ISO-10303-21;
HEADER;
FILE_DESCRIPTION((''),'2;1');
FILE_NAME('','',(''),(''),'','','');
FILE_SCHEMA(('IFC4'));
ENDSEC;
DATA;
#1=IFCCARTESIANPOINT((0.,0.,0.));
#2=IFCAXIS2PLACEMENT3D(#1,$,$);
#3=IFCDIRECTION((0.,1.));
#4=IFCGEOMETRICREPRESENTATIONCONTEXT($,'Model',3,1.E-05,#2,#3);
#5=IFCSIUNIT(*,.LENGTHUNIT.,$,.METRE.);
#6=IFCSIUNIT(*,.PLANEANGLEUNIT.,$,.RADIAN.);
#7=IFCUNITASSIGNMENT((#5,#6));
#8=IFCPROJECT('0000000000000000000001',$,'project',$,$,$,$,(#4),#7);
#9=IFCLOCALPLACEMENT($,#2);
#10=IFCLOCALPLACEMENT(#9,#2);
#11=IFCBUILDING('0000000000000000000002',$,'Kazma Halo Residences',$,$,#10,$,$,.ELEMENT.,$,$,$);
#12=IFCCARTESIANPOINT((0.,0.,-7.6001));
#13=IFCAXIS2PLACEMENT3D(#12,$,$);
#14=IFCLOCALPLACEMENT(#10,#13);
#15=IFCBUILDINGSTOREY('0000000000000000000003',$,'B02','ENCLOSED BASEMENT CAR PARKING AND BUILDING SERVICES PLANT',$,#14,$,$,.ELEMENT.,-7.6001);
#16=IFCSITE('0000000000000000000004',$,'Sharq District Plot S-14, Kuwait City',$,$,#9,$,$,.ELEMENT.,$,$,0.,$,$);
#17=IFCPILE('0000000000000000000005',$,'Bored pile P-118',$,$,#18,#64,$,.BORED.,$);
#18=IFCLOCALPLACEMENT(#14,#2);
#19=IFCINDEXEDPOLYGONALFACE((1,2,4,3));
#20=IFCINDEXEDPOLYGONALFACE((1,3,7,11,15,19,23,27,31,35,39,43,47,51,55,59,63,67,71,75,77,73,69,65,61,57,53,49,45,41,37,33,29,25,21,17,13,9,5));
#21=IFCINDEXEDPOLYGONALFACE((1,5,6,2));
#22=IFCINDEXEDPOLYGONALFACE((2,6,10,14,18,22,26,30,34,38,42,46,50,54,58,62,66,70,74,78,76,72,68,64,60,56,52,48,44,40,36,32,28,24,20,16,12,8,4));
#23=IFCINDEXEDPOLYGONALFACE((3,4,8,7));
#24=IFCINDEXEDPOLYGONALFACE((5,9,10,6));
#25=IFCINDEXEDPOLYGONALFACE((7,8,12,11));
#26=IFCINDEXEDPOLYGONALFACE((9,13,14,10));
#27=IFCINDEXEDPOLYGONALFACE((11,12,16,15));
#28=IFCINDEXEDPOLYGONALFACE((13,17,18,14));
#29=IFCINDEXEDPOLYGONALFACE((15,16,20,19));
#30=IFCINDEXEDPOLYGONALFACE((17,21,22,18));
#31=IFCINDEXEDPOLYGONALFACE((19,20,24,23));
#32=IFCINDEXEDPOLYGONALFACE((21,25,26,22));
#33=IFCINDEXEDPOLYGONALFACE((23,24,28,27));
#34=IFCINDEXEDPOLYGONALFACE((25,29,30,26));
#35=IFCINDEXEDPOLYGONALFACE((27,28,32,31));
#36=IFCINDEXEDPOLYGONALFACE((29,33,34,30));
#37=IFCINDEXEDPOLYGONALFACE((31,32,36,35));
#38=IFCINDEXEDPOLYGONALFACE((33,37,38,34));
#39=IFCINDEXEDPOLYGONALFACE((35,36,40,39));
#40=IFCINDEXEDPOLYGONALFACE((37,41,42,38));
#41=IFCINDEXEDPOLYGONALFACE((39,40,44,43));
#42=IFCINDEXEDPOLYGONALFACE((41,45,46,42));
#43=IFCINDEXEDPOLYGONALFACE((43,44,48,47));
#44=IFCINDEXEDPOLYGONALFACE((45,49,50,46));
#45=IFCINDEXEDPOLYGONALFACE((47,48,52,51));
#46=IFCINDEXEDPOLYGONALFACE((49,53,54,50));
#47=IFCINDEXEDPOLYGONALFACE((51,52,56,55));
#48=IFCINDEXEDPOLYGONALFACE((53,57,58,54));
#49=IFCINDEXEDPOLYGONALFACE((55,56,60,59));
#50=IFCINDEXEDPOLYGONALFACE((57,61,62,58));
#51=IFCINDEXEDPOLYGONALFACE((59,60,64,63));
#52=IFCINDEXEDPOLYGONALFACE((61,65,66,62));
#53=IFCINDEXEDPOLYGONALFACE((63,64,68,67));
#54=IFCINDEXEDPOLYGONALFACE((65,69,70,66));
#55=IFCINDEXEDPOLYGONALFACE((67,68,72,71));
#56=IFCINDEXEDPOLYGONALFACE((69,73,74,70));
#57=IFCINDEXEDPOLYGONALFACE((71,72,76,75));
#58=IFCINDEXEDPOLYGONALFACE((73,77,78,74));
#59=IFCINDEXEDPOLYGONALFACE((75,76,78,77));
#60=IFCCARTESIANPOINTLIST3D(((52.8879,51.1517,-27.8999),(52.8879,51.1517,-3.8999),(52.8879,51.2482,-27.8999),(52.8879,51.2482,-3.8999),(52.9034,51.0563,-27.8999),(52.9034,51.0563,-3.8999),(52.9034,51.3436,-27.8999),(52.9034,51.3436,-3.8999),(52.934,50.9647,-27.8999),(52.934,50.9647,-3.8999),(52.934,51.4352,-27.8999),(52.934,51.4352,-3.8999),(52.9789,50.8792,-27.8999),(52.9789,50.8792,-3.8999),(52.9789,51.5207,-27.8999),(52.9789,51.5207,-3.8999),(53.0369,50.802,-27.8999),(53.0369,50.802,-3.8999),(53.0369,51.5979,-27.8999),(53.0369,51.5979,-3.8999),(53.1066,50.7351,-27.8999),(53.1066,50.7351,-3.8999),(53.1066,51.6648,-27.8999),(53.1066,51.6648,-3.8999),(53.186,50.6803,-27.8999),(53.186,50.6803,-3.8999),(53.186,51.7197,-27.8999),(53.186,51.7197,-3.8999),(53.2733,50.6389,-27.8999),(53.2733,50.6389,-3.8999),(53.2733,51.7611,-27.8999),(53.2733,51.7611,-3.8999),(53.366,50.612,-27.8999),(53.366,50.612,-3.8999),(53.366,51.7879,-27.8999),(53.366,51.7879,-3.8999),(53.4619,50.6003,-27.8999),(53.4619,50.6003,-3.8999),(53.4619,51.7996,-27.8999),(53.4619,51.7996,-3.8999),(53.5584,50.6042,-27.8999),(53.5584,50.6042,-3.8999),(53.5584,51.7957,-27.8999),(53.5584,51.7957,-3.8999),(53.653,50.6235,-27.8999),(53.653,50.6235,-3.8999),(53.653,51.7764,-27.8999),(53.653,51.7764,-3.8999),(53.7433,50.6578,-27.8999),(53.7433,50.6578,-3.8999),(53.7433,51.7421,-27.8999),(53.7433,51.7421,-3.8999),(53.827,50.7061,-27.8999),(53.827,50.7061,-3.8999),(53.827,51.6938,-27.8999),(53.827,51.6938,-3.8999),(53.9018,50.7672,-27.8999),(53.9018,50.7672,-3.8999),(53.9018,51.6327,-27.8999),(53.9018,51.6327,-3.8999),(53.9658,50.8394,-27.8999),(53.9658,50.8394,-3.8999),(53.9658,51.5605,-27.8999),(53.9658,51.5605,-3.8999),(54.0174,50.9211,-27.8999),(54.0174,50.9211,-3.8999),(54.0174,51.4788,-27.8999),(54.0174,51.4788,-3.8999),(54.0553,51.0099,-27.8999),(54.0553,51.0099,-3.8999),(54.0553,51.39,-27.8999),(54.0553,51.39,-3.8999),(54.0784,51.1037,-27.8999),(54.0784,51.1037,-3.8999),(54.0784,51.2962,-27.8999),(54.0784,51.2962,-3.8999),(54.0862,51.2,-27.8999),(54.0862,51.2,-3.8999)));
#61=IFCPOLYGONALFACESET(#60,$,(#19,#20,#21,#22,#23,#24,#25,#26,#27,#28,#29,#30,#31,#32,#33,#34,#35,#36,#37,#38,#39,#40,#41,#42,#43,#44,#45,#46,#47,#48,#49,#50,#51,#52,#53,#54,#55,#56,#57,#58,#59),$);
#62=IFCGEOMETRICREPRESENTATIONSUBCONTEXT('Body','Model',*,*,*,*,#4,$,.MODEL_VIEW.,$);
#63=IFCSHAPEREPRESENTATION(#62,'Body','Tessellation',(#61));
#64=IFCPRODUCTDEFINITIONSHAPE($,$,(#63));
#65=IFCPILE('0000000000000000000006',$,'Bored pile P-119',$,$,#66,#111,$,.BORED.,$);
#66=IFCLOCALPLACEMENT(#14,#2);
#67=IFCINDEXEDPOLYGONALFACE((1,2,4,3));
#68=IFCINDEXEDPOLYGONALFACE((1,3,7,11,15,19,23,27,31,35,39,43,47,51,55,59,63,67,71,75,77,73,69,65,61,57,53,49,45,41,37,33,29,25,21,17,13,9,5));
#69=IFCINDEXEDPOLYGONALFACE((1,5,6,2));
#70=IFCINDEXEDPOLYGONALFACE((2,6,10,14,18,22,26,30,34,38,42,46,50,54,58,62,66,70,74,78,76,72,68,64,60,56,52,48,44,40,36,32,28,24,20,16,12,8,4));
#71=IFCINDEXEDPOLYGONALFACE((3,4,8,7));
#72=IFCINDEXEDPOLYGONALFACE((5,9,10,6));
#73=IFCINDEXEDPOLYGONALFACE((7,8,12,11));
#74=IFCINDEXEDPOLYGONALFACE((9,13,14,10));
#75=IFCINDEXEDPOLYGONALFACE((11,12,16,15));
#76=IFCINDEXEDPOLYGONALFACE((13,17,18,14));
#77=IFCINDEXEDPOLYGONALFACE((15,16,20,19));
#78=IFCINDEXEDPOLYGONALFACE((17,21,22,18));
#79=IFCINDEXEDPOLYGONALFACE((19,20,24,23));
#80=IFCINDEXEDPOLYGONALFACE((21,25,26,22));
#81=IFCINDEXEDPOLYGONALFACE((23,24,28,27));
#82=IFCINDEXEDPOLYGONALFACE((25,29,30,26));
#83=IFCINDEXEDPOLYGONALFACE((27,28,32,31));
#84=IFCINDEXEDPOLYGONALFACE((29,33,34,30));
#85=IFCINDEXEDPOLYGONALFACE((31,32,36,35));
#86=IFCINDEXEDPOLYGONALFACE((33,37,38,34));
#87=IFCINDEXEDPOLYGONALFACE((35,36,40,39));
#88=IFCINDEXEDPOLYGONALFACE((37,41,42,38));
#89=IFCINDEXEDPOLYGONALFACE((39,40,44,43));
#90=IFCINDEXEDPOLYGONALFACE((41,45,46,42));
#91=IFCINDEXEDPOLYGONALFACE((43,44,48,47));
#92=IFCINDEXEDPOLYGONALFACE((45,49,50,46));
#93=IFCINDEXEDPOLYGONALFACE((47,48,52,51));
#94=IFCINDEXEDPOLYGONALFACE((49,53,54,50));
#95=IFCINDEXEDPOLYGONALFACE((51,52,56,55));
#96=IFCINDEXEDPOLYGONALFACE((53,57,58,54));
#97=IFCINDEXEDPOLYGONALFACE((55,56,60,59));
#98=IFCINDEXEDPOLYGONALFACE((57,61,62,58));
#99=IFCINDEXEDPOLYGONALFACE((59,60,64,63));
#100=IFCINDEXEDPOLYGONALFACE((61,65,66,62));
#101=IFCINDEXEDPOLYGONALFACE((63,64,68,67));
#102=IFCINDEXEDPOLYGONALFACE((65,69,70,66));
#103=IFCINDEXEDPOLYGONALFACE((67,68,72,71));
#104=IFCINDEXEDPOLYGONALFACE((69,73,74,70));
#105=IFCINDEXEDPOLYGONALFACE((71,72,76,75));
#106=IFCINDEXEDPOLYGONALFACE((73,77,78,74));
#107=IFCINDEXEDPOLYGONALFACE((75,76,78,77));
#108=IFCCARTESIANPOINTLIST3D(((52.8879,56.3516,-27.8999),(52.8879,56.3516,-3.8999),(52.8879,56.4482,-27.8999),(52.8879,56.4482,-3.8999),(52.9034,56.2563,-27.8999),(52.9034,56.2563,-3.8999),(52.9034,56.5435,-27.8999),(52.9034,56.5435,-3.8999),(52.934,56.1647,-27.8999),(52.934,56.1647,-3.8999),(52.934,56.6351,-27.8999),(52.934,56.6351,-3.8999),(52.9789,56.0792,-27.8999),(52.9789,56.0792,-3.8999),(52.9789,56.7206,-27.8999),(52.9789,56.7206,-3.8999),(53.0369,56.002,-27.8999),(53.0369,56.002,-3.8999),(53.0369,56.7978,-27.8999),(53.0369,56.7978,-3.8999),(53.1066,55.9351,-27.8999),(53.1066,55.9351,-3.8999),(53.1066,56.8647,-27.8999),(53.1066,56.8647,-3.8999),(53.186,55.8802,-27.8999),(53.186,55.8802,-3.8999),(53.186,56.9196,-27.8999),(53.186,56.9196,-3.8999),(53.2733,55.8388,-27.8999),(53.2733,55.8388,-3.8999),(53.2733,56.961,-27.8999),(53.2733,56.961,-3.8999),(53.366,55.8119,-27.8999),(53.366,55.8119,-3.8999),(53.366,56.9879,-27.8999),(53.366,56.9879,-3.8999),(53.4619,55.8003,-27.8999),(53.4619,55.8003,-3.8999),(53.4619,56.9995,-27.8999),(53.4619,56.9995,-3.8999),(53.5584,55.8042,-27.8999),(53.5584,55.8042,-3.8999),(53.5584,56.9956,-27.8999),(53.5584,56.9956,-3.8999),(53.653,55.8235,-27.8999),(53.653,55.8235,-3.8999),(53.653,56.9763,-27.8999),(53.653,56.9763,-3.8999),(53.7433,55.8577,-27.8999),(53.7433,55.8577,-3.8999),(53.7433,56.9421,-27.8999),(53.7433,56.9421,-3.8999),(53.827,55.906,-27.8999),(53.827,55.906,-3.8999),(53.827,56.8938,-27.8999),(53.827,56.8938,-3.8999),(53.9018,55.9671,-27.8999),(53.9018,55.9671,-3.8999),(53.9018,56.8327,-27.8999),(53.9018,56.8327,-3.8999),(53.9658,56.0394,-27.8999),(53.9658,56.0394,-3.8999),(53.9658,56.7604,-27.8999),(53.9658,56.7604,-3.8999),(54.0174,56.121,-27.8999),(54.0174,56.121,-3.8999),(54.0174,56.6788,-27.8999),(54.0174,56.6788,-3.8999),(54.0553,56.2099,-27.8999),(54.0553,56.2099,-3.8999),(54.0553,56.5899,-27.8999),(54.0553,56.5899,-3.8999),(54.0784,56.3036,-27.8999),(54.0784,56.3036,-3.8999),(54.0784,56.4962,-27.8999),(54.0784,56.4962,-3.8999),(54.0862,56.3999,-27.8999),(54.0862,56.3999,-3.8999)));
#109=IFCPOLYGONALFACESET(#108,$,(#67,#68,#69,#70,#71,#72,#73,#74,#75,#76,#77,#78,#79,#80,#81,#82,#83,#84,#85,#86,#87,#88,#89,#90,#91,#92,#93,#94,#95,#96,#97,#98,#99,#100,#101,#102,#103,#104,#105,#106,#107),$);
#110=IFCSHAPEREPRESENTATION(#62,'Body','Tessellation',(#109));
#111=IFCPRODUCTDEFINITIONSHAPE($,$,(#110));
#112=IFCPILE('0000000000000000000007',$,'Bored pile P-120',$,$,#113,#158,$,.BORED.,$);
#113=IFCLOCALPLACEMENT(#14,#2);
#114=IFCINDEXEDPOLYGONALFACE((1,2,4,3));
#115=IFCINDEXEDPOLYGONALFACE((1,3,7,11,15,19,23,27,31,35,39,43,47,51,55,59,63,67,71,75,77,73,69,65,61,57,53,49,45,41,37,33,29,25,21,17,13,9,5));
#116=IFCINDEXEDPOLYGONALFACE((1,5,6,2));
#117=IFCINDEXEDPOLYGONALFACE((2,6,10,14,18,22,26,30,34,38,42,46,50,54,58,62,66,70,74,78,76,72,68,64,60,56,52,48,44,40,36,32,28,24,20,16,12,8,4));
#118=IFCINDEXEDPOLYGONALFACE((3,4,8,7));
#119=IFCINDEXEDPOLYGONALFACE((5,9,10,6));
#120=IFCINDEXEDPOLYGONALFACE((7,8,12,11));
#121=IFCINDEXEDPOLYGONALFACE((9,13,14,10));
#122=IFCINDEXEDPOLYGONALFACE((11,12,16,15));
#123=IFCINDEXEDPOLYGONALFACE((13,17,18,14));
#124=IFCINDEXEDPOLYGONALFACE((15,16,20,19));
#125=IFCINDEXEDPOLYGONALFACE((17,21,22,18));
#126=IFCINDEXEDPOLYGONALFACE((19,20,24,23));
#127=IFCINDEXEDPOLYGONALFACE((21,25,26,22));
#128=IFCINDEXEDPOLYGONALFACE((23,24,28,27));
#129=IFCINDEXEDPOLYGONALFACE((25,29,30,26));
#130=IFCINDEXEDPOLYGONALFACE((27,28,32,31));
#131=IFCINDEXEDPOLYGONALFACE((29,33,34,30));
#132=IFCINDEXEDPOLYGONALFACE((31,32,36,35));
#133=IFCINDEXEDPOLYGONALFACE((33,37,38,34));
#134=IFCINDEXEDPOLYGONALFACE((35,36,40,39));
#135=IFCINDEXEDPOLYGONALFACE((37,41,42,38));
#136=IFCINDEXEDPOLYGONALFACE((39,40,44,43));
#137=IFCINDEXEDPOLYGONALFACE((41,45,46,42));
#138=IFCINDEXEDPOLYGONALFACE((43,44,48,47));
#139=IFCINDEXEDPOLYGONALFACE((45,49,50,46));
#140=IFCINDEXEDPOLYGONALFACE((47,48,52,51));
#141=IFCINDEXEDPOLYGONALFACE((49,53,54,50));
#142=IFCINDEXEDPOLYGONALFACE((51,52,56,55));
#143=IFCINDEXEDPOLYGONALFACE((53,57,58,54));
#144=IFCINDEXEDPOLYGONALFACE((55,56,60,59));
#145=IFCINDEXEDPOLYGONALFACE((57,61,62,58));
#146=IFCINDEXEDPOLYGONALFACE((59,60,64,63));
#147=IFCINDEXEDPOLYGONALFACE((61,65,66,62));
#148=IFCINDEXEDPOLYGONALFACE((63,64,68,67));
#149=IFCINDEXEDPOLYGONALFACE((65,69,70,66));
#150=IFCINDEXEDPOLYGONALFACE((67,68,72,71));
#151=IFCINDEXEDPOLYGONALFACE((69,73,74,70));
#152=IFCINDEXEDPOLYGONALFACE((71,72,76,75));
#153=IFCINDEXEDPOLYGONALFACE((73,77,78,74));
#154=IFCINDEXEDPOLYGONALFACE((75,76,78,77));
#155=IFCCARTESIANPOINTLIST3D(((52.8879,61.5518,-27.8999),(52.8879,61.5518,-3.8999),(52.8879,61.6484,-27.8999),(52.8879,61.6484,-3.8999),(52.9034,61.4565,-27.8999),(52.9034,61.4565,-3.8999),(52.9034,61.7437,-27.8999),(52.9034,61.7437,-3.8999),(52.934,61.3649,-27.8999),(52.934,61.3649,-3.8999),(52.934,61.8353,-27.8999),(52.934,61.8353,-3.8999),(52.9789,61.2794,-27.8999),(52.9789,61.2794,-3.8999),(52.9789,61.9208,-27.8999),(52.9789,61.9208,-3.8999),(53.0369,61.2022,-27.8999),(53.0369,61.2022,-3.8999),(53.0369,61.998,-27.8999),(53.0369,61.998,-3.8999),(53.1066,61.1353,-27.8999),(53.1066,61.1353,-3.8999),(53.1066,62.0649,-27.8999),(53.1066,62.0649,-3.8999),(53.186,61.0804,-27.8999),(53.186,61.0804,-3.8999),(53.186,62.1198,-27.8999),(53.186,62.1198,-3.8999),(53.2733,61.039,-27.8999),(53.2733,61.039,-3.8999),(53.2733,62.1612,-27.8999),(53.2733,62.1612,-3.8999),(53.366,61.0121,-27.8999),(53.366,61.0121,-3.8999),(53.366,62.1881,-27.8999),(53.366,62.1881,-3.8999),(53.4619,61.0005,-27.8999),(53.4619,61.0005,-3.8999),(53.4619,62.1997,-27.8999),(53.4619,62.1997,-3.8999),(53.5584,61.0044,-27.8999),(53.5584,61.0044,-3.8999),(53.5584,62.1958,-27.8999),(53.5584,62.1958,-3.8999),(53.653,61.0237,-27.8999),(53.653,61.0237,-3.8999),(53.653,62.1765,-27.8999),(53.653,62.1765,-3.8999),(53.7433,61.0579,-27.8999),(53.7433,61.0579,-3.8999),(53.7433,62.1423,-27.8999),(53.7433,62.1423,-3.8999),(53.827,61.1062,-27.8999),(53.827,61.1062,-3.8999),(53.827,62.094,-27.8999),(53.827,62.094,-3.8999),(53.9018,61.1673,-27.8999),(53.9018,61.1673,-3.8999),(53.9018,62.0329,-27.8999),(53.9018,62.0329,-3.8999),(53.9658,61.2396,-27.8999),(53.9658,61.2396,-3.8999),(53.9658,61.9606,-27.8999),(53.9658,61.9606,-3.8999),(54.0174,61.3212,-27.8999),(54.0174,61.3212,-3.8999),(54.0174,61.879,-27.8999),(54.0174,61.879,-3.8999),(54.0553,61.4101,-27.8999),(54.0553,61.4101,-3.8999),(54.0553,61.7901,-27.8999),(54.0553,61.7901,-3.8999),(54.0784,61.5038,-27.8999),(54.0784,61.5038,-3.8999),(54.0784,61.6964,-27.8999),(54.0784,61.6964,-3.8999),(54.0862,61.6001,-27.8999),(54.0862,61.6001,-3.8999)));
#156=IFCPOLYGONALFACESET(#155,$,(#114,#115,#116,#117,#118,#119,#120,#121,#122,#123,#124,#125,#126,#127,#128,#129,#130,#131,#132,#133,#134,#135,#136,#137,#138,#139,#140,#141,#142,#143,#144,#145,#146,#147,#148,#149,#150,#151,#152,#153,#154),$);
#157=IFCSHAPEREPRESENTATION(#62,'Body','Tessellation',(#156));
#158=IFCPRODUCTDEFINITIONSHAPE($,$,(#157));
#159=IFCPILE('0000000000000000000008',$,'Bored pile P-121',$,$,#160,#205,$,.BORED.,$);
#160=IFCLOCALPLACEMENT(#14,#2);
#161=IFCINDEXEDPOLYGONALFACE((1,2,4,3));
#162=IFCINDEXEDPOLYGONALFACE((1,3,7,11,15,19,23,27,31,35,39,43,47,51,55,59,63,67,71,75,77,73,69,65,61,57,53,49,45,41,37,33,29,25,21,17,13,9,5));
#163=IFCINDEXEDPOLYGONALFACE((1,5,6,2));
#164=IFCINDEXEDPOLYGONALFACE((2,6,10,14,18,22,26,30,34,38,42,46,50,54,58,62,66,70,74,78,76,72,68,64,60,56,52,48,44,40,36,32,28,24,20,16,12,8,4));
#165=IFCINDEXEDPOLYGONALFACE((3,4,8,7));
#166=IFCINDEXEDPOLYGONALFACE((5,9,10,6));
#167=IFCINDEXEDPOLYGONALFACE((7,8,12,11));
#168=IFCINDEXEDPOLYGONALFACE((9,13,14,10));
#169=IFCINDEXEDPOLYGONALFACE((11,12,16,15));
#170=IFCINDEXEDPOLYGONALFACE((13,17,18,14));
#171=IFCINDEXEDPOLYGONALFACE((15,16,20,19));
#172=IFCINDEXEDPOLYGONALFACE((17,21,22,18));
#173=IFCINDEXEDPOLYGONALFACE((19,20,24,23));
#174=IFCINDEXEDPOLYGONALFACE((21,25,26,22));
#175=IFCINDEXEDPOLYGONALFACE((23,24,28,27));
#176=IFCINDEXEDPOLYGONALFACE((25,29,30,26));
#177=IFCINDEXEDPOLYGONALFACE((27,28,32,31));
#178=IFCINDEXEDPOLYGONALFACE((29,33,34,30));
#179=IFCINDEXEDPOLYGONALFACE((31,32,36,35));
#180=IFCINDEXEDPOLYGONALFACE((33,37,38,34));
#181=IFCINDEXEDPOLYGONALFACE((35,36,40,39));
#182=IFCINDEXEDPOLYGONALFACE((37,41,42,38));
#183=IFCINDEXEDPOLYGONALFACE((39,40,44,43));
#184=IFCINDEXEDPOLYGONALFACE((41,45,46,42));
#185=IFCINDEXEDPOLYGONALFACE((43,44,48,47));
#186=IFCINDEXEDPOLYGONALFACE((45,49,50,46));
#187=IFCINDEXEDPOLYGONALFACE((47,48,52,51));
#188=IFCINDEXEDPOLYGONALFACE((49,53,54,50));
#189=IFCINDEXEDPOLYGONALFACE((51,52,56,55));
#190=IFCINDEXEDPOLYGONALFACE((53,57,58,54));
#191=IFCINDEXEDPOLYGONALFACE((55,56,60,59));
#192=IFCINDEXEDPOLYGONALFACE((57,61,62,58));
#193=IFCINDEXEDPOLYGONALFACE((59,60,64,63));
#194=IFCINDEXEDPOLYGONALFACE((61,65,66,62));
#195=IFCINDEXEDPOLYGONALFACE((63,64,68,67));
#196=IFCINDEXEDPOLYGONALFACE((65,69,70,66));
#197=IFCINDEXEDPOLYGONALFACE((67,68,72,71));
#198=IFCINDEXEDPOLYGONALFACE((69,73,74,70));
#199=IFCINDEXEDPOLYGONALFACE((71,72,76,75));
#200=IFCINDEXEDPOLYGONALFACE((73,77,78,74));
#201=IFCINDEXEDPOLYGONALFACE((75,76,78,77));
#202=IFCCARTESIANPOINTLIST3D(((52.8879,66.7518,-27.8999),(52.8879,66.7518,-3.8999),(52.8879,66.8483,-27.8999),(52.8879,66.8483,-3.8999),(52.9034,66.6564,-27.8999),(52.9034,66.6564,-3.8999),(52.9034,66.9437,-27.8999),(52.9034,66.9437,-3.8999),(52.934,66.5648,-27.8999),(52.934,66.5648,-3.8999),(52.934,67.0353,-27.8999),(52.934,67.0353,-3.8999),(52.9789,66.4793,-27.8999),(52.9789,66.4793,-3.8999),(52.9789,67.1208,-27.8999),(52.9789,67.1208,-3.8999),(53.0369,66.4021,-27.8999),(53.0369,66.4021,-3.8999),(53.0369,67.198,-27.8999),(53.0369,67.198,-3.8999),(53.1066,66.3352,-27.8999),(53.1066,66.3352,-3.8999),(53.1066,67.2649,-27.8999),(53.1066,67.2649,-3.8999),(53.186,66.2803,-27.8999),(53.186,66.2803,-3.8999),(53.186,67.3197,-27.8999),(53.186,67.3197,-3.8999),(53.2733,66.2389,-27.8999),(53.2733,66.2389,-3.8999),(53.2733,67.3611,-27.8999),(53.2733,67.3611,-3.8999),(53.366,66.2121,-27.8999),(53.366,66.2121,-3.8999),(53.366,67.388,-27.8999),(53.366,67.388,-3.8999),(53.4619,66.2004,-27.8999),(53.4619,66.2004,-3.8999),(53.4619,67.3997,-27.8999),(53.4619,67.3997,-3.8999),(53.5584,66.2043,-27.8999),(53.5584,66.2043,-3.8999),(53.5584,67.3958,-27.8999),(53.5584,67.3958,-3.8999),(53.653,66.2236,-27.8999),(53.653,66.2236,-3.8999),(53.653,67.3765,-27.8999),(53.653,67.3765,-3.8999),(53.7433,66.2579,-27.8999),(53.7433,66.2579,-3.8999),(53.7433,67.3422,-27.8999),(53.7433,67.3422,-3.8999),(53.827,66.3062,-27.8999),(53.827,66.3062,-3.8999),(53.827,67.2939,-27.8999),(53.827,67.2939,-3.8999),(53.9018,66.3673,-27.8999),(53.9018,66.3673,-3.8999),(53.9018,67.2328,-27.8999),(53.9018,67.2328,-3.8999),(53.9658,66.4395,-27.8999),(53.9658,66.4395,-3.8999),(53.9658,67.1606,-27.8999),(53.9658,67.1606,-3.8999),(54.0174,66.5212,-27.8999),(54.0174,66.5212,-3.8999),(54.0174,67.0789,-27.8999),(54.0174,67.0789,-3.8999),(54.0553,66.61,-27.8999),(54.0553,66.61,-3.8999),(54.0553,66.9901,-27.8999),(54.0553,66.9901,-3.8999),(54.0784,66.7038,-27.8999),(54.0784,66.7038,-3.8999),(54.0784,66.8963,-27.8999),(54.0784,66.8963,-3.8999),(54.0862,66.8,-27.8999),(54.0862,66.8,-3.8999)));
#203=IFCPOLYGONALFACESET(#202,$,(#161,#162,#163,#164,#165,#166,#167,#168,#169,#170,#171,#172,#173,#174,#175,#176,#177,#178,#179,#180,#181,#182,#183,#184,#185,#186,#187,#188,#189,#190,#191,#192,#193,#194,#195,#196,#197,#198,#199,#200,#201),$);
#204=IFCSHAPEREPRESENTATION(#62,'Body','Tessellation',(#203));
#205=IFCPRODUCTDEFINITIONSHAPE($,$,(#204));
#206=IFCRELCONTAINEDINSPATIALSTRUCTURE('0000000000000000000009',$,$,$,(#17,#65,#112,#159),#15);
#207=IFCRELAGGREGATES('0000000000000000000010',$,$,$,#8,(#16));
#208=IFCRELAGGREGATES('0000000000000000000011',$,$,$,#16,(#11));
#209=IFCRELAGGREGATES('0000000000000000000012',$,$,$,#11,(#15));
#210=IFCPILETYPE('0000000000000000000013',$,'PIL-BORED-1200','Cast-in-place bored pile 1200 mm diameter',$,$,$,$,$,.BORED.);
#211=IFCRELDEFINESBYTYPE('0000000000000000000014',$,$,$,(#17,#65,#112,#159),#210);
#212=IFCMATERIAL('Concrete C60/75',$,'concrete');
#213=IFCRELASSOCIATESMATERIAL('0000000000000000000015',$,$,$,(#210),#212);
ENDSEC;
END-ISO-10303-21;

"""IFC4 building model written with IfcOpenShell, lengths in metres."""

from ifc_helpers import new_model, si_unit, direction, frame, origin, origin_2d, place, context, subcontext, project, spatial, circle, extrude, material, material_profile, profile_set, type_object, element, save


model = new_model("IFC4")

# Units and contexts
model_context = context("Model", 3, precision=1e-05, world=origin(), true_north=direction((0.0, 1.0)))
body_context = subcontext(model_context, "Body", "Model", "MODEL_VIEW")
ifc_project = project(units=[si_unit("LENGTHUNIT", "METRE"), si_unit("PLANEANGLEUNIT", "RADIAN")], contexts=[model_context])

# Site, building, storey
site_placement = place(None, origin())
site = spatial("IfcSite", under=ifc_project, at=site_placement, Name="Sharq District Plot S-14, Kuwait City", CompositionType="ELEMENT", RefElevation=0.0)
building_placement = place(site_placement, origin())
building = spatial("IfcBuilding", under=site, at=building_placement, Name="Kazma Halo Residences", CompositionType="ELEMENT")
storey_placement = place(building_placement, frame((0.0, 0.0, -7.6001)))
storey = spatial("IfcBuildingStorey", under=building, at=storey_placement, Name="B02", Description="ENCLOSED BASEMENT CAR PARKING AND BUILDING SERVICES PLANT", CompositionType="ELEMENT", Elevation=-7.6001)

# Piles
ifc_material_1 = material(Name="Concrete C60/75", Category="concrete")
ifc_material_profile_1 = material_profile(ifc_material_1, circle(Radius=0.6001, at=origin_2d()), Name="CIRC1200")
ifc_profile_set_1 = profile_set([ifc_material_profile_1], Name="Concrete C60/75")
pile_type = type_object("IfcPileType", Name="PIL-BORED-1200", Description="Cast-in-place bored pile 1200 mm diameter", PredefinedType="BORED", material=ifc_profile_set_1)
for number, where, z_axis, x_axis, name in (
    (1, (53.4861, 51.2, -3.8999), (0.0, 0.0, -1.0), (1.0, 0.0, 0.0), "Bored pile P-118"),
    (2, (53.4861, 56.3999, -3.8999), (0.0, 0.0, -1.0), (1.0, 0.0, 0.0), "Bored pile P-119"),
    (3, (53.4861, 61.6001, -3.8999), (0.0, 0.0, -1.0), (1.0, 0.0, 0.0), "Bored pile P-120"),
    (4, (53.4861, 66.8, -3.8999), (0.0, 0.0, -1.0), (1.0, 0.0, 0.0), "Bored pile P-121"),
):
    element("IfcPile", number, at=place(storey_placement, frame(where, z_axis=z_axis, x_axis=x_axis)), inside=storey, type_object=pile_type, Name=name, PredefinedType="BORED", context=body_context, shape_type="SweptSolid", body=[
        extrude(circle(Radius=0.6001, at=origin_2d()), origin(), (0.0, 0.0, 1.0), 24.0),
    ])

save(model, "model.ifc")
